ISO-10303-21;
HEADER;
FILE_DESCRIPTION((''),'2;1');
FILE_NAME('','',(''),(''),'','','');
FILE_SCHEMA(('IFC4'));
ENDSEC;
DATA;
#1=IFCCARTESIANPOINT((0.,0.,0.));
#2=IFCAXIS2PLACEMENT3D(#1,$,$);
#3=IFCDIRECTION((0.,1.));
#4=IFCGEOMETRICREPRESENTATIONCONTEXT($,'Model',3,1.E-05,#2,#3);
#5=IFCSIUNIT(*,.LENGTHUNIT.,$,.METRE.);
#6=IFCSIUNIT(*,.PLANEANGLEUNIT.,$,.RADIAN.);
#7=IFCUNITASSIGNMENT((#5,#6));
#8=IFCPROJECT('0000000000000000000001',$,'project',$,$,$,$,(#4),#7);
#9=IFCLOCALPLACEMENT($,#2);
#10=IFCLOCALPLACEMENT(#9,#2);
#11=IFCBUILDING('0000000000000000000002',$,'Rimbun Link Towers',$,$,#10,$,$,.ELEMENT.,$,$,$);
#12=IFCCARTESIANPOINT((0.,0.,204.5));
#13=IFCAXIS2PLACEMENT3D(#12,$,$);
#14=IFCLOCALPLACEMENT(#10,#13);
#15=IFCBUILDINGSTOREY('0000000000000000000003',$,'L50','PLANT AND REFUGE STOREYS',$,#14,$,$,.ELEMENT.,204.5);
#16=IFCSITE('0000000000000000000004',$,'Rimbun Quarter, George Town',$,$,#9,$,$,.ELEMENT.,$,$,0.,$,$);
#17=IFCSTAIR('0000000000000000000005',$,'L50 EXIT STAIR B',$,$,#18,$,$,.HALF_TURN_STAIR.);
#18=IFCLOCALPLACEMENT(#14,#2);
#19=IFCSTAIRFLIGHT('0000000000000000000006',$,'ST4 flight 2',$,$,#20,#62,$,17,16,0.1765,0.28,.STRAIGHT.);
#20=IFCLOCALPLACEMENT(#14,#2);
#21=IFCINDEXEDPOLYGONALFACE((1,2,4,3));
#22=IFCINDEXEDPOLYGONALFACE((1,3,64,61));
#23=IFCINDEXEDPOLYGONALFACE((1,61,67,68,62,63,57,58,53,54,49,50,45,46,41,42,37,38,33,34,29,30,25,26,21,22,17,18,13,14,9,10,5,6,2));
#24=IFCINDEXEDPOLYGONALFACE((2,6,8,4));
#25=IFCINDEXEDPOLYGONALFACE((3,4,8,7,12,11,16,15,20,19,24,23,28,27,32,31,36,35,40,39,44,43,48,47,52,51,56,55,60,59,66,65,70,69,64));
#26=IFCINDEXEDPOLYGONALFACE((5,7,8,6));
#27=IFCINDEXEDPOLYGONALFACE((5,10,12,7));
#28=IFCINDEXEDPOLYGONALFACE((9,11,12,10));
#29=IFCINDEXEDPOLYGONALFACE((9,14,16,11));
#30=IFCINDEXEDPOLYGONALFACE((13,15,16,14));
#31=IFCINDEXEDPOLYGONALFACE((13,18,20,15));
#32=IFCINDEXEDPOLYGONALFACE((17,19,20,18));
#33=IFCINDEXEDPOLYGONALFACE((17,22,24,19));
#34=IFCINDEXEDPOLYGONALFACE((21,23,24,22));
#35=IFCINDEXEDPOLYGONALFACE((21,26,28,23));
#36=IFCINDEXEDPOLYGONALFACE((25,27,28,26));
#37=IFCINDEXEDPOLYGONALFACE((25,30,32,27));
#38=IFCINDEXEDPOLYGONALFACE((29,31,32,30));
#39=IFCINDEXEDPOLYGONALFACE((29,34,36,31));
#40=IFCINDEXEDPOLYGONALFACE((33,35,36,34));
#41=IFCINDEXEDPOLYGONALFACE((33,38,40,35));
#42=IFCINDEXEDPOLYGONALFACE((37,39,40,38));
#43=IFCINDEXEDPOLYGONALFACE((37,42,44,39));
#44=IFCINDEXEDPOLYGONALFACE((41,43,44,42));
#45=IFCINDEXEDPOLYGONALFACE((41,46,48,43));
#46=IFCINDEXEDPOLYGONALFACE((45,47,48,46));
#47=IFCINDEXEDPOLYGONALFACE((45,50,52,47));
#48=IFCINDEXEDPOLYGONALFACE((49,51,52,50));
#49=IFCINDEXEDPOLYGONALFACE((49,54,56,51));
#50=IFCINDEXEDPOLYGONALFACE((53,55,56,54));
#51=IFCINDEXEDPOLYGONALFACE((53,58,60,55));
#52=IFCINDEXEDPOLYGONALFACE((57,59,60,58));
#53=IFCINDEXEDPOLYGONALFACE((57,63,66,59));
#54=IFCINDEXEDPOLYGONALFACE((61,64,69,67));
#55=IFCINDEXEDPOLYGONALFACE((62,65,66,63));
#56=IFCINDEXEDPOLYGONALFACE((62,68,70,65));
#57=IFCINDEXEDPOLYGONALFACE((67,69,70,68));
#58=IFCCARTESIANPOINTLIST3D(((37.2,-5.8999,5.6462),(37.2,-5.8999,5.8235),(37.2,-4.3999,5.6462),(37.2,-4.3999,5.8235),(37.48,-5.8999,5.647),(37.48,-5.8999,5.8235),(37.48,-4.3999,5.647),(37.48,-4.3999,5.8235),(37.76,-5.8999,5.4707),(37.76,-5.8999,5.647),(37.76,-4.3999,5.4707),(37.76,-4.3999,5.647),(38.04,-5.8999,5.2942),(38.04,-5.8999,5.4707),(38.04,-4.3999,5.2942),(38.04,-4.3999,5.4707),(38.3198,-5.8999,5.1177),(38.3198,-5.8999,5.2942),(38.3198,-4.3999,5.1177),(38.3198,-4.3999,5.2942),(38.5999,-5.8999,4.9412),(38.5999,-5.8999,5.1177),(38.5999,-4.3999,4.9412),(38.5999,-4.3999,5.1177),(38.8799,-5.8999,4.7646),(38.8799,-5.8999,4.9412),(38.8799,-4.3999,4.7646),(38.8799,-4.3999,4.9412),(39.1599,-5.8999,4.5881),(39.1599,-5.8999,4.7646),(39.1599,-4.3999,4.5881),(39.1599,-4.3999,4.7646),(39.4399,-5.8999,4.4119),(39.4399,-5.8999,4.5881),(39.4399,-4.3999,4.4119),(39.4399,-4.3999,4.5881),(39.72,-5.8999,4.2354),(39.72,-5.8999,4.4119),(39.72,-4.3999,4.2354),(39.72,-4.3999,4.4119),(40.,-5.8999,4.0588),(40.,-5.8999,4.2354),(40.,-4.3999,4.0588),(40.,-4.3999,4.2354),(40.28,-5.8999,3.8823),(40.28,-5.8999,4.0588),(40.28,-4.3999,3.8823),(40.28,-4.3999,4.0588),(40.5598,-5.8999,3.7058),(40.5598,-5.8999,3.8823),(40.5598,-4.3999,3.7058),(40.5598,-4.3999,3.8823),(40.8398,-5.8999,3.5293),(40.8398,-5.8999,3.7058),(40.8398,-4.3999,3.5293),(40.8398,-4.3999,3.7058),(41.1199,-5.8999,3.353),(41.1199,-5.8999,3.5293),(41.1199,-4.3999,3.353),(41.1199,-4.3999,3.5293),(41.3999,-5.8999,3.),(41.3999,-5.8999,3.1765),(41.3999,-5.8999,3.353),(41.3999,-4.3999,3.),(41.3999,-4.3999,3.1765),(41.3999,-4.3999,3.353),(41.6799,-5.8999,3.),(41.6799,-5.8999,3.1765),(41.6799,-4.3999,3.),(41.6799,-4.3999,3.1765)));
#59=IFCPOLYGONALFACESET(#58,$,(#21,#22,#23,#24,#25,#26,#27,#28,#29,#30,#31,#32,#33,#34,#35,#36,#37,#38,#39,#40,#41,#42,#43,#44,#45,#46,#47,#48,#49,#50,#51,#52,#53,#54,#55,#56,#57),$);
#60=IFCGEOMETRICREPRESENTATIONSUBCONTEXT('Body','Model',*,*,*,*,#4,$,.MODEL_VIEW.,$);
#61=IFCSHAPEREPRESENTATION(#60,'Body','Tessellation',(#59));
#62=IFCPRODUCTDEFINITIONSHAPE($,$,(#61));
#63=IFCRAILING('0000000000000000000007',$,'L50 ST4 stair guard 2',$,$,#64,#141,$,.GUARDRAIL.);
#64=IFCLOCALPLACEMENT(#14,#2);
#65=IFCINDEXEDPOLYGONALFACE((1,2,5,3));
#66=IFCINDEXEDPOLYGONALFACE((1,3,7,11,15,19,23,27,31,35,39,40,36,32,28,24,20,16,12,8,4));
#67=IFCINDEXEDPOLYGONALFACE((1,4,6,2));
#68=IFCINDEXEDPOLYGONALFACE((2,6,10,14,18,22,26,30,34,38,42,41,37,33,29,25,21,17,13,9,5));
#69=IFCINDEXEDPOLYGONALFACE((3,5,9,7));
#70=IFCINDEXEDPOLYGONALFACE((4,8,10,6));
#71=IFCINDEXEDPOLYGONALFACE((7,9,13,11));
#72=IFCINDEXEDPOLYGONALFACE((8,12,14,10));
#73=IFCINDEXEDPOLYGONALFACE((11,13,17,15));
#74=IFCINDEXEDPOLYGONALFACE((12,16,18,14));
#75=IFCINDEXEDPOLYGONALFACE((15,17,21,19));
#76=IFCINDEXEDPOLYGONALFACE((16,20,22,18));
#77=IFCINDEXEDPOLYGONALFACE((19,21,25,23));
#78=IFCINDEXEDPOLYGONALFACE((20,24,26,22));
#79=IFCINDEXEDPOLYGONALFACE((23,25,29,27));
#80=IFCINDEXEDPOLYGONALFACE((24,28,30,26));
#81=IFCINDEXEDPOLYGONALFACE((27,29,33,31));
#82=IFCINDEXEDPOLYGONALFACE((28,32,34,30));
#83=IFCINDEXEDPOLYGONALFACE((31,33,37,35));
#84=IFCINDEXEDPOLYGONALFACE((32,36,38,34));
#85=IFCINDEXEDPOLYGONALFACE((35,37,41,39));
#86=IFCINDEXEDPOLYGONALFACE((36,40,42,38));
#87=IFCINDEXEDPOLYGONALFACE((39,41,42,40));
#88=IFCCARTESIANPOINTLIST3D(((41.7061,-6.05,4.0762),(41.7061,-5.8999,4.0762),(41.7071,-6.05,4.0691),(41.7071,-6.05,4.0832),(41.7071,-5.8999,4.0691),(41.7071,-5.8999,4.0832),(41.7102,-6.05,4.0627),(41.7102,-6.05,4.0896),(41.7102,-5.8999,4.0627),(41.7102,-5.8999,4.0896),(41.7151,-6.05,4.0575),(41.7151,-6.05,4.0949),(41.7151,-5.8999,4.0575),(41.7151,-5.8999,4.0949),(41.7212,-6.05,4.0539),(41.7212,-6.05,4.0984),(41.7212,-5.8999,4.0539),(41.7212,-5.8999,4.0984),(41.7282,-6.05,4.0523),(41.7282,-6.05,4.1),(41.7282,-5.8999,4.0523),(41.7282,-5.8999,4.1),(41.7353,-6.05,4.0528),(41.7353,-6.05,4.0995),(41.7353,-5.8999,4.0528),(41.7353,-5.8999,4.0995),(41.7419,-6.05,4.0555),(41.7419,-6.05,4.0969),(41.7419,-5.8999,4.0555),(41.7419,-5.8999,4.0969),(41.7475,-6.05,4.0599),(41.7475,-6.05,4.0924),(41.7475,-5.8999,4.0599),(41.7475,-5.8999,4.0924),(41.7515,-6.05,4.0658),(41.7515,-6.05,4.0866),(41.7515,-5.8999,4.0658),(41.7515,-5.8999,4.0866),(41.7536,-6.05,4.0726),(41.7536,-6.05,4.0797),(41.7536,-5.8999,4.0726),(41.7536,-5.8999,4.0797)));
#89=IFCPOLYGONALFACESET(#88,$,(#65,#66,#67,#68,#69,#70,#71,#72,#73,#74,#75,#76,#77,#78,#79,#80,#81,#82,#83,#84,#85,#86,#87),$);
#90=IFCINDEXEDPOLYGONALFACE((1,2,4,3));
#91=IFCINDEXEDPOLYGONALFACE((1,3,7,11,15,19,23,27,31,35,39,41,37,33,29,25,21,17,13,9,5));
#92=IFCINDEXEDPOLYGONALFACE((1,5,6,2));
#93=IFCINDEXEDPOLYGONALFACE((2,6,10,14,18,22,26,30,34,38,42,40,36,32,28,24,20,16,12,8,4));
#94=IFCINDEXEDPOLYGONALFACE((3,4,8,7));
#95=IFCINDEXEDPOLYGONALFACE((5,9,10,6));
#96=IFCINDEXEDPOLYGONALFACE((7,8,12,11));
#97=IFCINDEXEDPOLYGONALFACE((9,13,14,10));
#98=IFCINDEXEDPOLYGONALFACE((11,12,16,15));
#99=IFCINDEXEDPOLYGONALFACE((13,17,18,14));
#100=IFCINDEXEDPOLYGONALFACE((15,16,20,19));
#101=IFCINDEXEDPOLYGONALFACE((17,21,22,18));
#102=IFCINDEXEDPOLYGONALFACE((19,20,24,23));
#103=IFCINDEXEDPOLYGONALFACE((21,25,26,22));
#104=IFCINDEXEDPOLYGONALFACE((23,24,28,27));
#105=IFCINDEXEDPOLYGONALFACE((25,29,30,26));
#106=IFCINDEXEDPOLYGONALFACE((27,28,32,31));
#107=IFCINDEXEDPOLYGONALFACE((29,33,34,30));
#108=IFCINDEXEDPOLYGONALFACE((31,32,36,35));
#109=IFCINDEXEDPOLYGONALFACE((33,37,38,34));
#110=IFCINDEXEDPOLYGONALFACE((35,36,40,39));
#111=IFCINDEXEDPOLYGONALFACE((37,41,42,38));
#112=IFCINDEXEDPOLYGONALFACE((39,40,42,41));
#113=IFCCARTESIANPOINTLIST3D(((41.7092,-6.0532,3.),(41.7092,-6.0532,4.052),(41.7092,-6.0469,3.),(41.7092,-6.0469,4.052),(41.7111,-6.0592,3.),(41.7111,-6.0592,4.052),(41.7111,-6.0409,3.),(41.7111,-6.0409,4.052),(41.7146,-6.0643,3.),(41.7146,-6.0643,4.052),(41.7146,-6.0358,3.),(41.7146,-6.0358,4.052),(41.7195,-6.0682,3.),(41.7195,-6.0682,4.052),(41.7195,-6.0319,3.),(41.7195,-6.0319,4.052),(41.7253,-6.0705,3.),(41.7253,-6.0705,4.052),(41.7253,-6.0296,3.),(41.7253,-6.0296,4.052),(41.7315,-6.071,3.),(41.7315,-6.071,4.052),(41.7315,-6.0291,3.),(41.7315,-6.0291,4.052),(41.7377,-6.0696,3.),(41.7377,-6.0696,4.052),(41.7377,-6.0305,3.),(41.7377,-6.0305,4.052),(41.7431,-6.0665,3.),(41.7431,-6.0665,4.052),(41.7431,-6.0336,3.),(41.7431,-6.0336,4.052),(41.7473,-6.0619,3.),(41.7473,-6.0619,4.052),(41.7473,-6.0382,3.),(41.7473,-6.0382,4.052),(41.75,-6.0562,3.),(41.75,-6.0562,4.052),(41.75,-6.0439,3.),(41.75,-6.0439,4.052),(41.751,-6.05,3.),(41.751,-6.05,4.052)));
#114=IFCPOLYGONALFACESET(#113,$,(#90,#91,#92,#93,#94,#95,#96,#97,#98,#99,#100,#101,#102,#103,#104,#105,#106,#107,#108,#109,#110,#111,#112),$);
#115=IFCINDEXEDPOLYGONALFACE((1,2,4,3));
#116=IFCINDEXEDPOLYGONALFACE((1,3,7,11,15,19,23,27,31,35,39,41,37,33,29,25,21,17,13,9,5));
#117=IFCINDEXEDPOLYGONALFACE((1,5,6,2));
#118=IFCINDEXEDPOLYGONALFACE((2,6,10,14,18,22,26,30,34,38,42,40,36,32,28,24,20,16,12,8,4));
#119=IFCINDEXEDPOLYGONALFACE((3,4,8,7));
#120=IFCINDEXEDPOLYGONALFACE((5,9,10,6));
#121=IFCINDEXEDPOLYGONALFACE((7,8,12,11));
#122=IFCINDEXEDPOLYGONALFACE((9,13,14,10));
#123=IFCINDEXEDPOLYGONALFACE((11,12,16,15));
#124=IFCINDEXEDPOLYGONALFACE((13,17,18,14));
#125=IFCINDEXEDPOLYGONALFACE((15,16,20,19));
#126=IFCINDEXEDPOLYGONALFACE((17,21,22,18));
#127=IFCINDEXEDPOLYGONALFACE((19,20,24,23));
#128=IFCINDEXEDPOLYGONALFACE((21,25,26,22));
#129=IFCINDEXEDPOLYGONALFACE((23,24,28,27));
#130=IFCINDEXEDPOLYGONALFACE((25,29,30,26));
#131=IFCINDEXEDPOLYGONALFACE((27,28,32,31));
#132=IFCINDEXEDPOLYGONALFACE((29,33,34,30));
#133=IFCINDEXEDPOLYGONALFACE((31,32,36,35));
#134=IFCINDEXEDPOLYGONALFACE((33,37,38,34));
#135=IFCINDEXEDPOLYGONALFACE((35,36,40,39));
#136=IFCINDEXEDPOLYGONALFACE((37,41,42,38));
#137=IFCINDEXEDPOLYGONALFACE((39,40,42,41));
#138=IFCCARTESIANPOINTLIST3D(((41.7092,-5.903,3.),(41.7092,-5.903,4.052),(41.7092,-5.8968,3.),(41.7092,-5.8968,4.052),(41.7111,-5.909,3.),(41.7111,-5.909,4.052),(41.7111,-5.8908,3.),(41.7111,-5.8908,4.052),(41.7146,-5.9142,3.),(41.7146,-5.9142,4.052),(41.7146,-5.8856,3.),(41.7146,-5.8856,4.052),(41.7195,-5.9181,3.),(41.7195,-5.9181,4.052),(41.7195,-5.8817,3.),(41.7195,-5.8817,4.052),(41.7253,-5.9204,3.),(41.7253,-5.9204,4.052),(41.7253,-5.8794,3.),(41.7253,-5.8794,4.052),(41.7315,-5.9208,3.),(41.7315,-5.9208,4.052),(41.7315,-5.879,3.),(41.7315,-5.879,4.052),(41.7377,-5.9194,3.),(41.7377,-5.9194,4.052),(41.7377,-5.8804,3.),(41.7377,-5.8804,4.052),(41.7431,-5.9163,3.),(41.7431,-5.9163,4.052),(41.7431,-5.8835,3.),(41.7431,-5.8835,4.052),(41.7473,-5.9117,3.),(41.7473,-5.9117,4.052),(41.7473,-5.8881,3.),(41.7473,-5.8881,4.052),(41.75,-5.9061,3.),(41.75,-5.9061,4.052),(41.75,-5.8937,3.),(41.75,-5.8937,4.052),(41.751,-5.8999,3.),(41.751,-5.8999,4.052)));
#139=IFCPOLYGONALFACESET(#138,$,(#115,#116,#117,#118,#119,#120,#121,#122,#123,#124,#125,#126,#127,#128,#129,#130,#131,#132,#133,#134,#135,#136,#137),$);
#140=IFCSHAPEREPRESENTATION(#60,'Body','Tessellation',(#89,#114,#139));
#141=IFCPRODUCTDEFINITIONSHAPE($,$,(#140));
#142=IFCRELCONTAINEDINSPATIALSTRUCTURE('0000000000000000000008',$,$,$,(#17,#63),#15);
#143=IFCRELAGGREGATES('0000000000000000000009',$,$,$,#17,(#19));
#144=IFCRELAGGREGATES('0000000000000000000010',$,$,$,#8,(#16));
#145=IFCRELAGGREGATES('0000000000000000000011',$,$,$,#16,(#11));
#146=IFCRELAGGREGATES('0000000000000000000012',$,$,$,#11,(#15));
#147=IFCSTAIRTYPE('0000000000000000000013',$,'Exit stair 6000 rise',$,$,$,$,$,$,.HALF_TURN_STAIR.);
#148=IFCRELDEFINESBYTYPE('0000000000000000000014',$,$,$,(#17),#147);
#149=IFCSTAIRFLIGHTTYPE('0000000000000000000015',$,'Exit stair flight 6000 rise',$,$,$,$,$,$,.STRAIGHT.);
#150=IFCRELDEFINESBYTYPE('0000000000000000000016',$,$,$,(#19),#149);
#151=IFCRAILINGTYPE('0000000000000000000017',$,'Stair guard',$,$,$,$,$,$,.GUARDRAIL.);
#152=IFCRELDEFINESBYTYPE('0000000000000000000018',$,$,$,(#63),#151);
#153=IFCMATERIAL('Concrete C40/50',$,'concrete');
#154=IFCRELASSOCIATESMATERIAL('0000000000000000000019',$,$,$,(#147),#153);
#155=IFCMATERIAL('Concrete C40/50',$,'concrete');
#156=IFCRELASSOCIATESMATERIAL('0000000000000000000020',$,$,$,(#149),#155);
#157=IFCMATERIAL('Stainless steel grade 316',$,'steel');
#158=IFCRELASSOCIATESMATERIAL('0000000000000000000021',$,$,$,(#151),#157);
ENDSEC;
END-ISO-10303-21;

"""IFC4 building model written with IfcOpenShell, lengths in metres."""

from ifc_helpers import new_model, si_unit, direction, frame, origin, origin_2d, place, context, subcontext, project, spatial, polyline, circle, outline, extrude, material, type_object, element, aggregate, save


model = new_model("IFC4")

# Units and contexts
model_context = context("Model", 3, precision=1e-05, world=origin(), true_north=direction((0.0, 1.0)))
body_context = subcontext(model_context, "Body", "Model", "MODEL_VIEW")
ifc_project = project(units=[si_unit("LENGTHUNIT", "METRE"), si_unit("PLANEANGLEUNIT", "RADIAN")], contexts=[model_context])

# Site, building, storey
site_placement = place(None, origin())
site = spatial("IfcSite", under=ifc_project, at=site_placement, Name="Rimbun Quarter, George Town", CompositionType="ELEMENT", RefElevation=0.0)
building_placement = place(site_placement, origin())
building = spatial("IfcBuilding", under=site, at=building_placement, Name="Rimbun Link Towers", CompositionType="ELEMENT")
storey_placement = place(building_placement, frame((0.0, 0.0, 204.5)))
storey = spatial("IfcBuildingStorey", under=building, at=storey_placement, Name="L50", Description="PLANT AND REFUGE STOREYS", CompositionType="ELEMENT", Elevation=204.5)

# Stair, stair flight
ifc_material_1 = material(Name="Concrete C40/50", Category="concrete")
stair_type = type_object("IfcStairType", Name="Exit stair 6000 rise", PredefinedType="HALF_TURN_STAIR", material=ifc_material_1)
stair_placement = place(storey_placement, origin())
stair = element("IfcStair", 1, at=stair_placement, inside=storey, type_object=stair_type, Name="L50 EXIT STAIR B", PredefinedType="HALF_TURN_STAIR")
ifc_material_2 = material(Name="Concrete C40/50", Category="concrete")
stair_flight_type = type_object("IfcStairFlightType", Name="Exit stair flight 6000 rise", PredefinedType="STRAIGHT", material=ifc_material_2)
stair_flight_placement = place(storey_placement, frame((41.6799, -5.1499, 3.0), z_axis=(0.0, 0.0, 1.0), x_axis=(-1.0, 0.0, 0.0)))
stair_flight = element("IfcStairFlight", 2, at=stair_flight_placement, type_object=stair_flight_type, Name="ST4 flight 2", NumberOfRisers=17, NumberOfTreads=16, PredefinedType="STRAIGHT", RiserHeight=0.1765, TreadLength=0.28, context=body_context, shape_type="SweptSolid", body=[
    extrude(outline(polyline([(0.0, 0.0), (0.0, 0.1765), (0.28, 0.1765), (0.28, 0.353), (0.5601, 0.353), (0.5601, 0.5293), (0.8401, 0.5293), (0.8401, 0.7058), (1.1201, 0.7058), (1.1201, 0.8823), (1.3999, 0.8823), (1.3999, 1.0588), (1.6799, 1.0588), (1.6799, 1.2354), (1.96, 1.2354), (1.96, 1.4119), (2.24, 1.4119), (2.24, 1.5881), (2.52, 1.5881), (2.52, 1.7646), (2.8, 1.7646), (2.8, 1.9412), (3.0801, 1.9412), (3.0801, 2.1177), (3.3601, 2.1177), (3.3601, 2.2942), (3.6399, 2.2942), (3.6399, 2.4707), (3.9199, 2.4707), (3.9199, 2.647), (4.2, 2.647), (4.2, 2.8235), (4.48, 2.8235), (4.48, 3.0), (4.48, 2.6462), (0.28, 0.0), (0.0, 0.0)])), frame((0.0, 0.75, 0.0), z_axis=(0.0, -1.0, 0.0), x_axis=(1.0, 0.0, 0.0)), (0.0, 0.0, 1.0), 1.5),
])
aggregate(stair, [stair_flight])

# Railing
ifc_material_3 = material(Name="Stainless steel grade 316", Category="steel")
railing_type_1 = type_object("IfcRailingType", Name="Stair guard", PredefinedType="GUARDRAIL", material=ifc_material_3)
railing_1_placement = place(storey_placement, frame((41.73, -6.05, 3.0)))
element("IfcRailing", 3, at=railing_1_placement, inside=storey, type_object=railing_type_1, Name="L50 ST4 stair guard 2", PredefinedType="GUARDRAIL", context=body_context, shape_type="SweptSolid", body=[
    extrude(circle(Radius=0.0239, at=origin_2d()), frame((0.0, 0.0, 1.0762), z_axis=(0.0, 1.0, 0.0), x_axis=(-1.0, 0.0, 0.0)), (0.0, 0.0, 1.0), 0.1501),
    extrude(circle(Radius=0.021, at=origin_2d()), origin(), (0.0, 0.0, 1.0), 1.052),
    extrude(circle(Radius=0.021, at=origin_2d()), frame((0.0, 0.1501, 0.0)), (0.0, 0.0, 1.0), 1.052),
])

save(model, "model.ifc")
